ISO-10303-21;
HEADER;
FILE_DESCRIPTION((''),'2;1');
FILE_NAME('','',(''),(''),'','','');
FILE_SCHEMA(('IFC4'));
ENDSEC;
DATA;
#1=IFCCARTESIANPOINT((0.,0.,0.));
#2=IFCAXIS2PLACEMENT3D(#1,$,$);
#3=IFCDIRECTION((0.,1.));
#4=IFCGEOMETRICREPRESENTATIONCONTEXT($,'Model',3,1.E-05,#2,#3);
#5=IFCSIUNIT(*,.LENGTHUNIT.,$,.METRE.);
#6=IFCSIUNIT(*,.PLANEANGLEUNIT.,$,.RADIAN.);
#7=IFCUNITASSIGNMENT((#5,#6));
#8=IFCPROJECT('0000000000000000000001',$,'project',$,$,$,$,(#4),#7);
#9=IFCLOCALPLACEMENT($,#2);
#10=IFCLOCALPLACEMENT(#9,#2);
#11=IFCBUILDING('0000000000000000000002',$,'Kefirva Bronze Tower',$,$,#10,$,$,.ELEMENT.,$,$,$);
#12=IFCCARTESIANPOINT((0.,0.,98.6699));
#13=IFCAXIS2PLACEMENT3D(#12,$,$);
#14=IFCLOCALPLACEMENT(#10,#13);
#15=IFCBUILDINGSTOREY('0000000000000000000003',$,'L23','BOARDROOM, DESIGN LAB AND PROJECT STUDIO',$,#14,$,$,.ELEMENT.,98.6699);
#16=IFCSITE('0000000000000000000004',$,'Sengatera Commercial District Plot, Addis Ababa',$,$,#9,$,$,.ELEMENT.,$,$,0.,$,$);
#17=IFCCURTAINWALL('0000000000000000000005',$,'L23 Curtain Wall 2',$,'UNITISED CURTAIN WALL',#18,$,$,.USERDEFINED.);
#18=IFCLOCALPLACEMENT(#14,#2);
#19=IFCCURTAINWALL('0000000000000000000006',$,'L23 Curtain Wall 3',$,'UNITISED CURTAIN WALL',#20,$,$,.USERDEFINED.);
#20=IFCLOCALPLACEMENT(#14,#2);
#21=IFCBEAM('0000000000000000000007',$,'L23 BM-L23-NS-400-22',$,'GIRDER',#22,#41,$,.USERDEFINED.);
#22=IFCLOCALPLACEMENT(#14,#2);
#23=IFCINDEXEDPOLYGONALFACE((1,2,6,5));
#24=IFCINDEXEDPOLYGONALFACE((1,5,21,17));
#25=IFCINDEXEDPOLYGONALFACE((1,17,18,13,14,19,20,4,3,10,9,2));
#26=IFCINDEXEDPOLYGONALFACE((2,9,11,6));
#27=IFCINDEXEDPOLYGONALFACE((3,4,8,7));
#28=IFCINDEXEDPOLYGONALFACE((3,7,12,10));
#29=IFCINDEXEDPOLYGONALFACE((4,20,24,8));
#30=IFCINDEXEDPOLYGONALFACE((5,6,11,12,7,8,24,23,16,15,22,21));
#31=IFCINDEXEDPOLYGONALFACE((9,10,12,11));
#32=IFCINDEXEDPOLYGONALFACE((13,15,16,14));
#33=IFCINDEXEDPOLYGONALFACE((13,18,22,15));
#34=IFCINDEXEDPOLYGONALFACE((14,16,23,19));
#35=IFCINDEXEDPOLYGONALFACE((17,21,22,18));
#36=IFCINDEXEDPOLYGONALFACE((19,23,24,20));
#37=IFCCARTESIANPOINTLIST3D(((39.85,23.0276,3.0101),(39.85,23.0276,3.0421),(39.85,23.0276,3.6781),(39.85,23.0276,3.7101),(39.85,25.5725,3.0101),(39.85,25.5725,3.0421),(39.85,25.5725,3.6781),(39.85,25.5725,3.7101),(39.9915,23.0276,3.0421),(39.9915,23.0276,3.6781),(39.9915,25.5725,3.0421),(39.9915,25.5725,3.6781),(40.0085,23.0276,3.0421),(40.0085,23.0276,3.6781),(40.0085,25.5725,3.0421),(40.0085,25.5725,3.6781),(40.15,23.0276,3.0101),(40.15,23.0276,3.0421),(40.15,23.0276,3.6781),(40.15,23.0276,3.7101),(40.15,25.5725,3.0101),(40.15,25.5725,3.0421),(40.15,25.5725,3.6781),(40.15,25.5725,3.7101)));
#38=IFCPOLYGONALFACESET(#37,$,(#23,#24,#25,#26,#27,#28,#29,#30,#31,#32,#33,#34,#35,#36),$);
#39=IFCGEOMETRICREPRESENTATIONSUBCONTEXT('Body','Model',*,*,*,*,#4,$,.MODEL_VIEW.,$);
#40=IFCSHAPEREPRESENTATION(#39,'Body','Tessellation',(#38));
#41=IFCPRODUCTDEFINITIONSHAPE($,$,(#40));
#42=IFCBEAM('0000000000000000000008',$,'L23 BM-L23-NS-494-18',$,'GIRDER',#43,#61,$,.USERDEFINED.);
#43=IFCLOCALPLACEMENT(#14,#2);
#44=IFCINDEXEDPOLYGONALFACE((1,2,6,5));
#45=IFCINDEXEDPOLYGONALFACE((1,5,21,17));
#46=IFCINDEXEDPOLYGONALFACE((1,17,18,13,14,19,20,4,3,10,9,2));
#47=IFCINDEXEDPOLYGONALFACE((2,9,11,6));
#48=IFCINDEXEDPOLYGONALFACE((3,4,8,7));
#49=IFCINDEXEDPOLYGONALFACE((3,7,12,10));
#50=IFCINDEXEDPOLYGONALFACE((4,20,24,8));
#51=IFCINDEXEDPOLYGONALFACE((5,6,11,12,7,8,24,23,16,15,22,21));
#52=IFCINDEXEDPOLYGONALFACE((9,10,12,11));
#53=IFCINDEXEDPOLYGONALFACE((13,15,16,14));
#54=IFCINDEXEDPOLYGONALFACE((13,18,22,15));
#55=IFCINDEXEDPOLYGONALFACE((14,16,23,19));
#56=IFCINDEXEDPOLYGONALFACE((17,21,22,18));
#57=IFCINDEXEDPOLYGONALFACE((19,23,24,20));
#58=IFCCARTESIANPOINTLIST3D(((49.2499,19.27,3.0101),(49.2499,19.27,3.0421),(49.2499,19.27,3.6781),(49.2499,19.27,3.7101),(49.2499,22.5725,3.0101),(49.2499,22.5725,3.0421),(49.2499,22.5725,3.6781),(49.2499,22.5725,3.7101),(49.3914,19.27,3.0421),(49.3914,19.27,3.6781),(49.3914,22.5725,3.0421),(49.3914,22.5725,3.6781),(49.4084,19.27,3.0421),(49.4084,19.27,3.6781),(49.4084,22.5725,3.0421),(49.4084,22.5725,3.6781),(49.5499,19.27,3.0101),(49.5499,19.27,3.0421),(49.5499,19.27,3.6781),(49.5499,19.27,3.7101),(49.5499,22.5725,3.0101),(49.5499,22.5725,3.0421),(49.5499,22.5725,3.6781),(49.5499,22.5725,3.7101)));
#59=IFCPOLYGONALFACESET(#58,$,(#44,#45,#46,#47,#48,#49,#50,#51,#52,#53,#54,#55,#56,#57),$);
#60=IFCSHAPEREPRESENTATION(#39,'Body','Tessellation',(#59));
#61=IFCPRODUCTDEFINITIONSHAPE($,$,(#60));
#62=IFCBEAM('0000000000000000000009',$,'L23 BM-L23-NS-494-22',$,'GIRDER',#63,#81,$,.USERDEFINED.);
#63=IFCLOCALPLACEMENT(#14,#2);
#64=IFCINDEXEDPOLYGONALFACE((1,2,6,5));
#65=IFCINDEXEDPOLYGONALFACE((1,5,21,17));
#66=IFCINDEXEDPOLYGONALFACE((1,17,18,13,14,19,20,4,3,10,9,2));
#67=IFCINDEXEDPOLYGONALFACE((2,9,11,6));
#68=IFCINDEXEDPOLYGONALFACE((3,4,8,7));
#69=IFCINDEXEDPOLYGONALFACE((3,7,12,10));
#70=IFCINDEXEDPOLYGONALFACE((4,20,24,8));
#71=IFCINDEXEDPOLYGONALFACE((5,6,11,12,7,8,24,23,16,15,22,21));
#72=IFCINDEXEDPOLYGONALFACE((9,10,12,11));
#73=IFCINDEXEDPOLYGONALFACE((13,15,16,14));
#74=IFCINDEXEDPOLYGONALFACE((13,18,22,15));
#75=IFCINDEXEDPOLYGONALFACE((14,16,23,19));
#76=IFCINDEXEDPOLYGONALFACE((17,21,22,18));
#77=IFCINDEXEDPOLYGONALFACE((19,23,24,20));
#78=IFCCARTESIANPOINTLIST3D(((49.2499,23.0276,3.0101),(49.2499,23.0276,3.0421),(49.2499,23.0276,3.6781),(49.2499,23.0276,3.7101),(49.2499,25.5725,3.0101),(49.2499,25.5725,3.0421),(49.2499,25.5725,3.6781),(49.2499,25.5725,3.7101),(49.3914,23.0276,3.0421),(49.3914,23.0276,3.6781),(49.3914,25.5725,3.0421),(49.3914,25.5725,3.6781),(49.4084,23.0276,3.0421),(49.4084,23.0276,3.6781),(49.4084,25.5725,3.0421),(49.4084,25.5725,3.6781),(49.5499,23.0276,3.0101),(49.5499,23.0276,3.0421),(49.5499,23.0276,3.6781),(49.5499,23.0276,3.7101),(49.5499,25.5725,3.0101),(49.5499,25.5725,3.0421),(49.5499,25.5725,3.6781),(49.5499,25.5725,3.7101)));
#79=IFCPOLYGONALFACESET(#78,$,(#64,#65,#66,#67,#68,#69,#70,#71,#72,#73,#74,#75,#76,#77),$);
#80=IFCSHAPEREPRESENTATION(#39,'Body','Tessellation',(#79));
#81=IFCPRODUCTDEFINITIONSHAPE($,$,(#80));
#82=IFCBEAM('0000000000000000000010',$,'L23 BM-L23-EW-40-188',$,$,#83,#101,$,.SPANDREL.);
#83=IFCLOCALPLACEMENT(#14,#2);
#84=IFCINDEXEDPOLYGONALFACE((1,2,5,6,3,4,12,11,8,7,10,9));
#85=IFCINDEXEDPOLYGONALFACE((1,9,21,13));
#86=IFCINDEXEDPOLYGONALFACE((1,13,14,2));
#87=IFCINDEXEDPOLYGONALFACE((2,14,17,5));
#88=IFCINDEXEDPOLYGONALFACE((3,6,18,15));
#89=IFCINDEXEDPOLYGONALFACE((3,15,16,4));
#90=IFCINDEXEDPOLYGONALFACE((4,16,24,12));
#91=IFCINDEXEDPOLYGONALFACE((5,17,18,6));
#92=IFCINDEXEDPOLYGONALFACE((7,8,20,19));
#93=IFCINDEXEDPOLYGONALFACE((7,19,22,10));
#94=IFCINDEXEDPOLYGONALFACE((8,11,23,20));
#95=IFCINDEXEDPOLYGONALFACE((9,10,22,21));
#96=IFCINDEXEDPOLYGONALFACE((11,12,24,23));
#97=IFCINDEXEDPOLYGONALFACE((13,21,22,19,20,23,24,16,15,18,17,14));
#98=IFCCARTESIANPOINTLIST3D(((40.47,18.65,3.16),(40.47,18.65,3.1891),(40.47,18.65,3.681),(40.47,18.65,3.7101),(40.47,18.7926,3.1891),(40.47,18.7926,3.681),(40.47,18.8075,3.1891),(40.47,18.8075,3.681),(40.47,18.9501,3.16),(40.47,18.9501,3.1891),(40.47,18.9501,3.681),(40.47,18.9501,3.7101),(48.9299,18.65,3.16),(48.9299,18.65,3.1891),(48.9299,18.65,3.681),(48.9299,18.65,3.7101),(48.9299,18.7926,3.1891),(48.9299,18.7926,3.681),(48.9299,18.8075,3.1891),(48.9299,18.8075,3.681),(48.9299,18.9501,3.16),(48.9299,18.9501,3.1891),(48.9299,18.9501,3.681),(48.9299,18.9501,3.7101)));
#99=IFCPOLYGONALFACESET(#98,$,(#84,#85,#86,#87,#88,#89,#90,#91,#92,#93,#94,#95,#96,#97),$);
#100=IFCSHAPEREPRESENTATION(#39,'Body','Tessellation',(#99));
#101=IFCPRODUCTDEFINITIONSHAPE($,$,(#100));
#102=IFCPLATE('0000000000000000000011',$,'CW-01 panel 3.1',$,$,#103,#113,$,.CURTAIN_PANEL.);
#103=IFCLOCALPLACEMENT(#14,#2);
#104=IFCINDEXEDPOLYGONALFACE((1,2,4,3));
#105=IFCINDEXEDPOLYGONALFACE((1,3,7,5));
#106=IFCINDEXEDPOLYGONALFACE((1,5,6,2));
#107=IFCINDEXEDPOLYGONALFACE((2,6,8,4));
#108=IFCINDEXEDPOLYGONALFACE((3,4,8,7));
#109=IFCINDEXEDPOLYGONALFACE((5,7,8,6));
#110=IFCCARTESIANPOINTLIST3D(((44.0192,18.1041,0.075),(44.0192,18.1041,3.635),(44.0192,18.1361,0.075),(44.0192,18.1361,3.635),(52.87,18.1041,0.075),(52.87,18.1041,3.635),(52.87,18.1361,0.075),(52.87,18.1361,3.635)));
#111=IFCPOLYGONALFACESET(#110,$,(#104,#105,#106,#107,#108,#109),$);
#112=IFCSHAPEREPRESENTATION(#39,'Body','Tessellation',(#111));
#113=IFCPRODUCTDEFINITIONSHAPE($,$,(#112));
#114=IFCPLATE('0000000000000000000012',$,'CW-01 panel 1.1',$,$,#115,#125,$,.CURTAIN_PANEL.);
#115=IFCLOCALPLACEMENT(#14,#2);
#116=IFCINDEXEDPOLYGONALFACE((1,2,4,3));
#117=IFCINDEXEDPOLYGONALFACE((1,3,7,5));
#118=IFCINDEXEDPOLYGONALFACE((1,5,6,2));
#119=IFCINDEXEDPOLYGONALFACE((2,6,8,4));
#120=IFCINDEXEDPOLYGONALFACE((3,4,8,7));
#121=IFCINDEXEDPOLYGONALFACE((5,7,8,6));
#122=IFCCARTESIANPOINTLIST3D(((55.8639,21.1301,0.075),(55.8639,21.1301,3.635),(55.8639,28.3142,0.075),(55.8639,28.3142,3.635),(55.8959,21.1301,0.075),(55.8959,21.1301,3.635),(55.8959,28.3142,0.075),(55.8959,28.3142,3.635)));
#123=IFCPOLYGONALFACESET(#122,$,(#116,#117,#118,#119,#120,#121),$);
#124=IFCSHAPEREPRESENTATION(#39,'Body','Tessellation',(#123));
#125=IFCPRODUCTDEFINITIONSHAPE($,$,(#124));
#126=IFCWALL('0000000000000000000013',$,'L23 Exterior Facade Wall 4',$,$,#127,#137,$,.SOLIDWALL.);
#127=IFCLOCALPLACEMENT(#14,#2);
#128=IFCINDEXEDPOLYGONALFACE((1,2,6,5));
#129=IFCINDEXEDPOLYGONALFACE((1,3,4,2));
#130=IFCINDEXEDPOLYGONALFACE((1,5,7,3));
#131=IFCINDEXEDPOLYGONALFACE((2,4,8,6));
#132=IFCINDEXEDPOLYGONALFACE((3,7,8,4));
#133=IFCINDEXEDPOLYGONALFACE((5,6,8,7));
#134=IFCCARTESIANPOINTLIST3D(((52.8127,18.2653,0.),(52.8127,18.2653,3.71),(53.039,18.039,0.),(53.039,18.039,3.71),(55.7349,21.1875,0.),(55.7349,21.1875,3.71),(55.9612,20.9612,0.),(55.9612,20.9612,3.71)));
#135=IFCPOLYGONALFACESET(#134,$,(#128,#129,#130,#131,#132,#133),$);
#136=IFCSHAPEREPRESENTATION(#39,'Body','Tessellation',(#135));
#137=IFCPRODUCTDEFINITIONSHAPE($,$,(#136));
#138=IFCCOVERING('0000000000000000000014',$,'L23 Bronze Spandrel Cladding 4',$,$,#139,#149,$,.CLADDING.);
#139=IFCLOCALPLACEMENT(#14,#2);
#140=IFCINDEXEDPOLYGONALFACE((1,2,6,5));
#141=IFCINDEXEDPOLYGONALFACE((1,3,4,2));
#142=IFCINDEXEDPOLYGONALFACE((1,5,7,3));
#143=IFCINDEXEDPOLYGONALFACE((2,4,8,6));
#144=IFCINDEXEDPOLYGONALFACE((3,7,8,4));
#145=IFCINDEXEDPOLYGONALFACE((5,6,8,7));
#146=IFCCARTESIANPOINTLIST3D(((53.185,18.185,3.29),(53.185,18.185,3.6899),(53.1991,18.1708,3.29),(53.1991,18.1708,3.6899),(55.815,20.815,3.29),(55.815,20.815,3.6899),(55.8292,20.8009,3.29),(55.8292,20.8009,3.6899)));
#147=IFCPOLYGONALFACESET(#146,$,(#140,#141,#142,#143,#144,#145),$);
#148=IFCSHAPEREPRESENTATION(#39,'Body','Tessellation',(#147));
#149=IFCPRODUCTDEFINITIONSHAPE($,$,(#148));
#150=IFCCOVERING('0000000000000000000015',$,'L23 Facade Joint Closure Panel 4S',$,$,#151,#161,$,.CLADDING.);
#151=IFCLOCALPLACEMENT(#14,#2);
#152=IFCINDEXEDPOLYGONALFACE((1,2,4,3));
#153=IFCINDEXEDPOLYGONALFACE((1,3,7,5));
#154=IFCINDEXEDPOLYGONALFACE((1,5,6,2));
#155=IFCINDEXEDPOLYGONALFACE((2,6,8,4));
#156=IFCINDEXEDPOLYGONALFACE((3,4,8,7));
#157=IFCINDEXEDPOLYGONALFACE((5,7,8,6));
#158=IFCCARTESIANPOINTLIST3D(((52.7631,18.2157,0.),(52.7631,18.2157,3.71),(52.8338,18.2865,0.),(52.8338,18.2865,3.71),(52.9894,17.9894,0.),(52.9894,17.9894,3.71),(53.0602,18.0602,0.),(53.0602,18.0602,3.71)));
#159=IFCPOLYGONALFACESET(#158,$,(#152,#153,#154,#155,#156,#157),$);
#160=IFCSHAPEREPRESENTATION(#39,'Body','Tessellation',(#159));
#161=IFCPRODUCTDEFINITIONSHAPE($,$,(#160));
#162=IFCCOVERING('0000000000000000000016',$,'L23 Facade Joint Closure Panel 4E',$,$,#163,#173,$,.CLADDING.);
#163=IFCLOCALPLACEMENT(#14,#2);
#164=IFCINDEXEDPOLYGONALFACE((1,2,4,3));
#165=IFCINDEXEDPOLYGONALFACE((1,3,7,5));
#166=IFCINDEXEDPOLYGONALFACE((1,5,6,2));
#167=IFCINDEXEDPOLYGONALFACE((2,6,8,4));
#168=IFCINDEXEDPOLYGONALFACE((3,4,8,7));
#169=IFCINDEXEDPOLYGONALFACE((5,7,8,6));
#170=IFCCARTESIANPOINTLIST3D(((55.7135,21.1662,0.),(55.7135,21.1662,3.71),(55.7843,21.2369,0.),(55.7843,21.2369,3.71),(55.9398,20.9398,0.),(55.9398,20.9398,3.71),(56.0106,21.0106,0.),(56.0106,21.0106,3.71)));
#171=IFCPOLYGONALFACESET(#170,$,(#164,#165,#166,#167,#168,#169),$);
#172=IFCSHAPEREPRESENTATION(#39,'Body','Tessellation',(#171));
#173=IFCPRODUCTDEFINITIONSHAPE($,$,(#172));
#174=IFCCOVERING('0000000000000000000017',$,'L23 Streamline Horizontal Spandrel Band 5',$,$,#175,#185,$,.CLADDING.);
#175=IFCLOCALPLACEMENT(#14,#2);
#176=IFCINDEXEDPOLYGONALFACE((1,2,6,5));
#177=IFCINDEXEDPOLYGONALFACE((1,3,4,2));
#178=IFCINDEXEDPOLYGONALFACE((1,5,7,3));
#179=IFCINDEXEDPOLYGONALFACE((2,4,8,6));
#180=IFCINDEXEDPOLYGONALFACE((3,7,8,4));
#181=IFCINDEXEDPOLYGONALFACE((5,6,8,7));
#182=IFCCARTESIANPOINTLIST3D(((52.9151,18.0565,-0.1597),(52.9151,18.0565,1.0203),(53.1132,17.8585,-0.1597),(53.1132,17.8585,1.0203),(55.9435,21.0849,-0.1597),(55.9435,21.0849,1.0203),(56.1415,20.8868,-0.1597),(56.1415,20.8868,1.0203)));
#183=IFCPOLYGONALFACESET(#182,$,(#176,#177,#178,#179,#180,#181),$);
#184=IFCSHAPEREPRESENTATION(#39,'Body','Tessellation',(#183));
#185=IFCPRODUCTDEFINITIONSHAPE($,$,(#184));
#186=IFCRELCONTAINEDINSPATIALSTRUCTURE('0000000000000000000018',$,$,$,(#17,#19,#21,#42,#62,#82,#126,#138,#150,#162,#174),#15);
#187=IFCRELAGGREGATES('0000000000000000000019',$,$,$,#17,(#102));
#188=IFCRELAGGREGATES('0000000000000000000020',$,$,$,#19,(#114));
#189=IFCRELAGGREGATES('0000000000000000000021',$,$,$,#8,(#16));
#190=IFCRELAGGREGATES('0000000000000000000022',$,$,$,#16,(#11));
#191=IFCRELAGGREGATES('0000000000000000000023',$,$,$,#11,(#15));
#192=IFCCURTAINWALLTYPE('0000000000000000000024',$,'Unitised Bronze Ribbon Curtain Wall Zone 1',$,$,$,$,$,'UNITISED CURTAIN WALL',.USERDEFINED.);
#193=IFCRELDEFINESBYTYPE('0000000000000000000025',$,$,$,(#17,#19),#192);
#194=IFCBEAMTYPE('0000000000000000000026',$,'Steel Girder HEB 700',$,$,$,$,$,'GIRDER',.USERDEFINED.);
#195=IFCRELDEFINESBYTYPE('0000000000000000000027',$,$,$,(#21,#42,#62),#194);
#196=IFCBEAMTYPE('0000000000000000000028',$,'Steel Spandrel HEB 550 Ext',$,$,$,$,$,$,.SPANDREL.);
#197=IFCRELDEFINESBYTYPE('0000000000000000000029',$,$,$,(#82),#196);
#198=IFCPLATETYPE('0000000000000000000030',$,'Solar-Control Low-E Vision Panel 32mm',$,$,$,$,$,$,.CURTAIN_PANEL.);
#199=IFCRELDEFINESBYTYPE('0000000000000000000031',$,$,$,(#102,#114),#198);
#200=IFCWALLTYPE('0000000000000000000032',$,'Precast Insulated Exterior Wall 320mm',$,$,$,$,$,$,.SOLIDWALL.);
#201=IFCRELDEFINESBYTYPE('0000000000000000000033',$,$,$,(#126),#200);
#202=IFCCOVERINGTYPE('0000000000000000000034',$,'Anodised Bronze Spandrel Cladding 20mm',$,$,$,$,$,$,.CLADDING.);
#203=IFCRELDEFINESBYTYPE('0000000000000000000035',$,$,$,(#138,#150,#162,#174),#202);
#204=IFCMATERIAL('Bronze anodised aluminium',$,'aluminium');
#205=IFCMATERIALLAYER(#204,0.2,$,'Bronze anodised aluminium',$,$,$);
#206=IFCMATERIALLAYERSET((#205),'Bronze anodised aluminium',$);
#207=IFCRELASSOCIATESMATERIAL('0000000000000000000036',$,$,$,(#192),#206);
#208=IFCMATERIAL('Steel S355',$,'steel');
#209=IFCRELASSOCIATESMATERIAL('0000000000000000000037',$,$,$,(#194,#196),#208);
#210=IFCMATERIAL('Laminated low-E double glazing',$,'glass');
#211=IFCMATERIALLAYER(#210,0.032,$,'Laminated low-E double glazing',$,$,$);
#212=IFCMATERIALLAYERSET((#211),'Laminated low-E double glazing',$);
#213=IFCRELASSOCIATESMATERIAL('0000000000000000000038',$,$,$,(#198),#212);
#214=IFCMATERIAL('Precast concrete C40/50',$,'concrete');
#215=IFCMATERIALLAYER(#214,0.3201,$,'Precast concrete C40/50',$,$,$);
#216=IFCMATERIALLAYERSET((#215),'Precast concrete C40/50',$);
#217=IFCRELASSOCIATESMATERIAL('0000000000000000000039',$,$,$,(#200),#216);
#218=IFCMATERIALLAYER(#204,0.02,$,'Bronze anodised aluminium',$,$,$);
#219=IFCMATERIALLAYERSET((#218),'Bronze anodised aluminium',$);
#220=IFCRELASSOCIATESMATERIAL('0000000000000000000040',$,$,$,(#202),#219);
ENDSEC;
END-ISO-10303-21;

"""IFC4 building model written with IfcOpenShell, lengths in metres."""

from ifc_helpers import new_model, si_unit, direction, frame, frame_2d, origin, origin_2d, place, context, subcontext, project, spatial, rectangle, i_section, extrude, material, layer, layer_set, material_profile, profile_set, type_object, element, aggregate, save


model = new_model("IFC4")

# Units and contexts
model_context = context("Model", 3, precision=1e-05, world=origin(), true_north=direction((0.0, 1.0)))
body_context = subcontext(model_context, "Body", "Model", "MODEL_VIEW")
ifc_project = project(units=[si_unit("LENGTHUNIT", "METRE"), si_unit("PLANEANGLEUNIT", "RADIAN")], contexts=[model_context])

# Site, building, storey
site_placement = place(None, origin())
site = spatial("IfcSite", under=ifc_project, at=site_placement, Name="Sengatera Commercial District Plot, Addis Ababa", CompositionType="ELEMENT", RefElevation=0.0)
building_placement = place(site_placement, origin())
building = spatial("IfcBuilding", under=site, at=building_placement, Name="Kefirva Bronze Tower", CompositionType="ELEMENT")
storey_placement = place(building_placement, frame((0.0, 0.0, 98.6699)))
storey = spatial("IfcBuildingStorey", under=building, at=storey_placement, Name="L23", Description="BOARDROOM, DESIGN LAB AND PROJECT STUDIO", CompositionType="ELEMENT", Elevation=98.6699)

# Curtain wall
ifc_material_1 = material(Name="Bronze anodised aluminium", Category="aluminium")
ifc_layer_1 = layer(ifc_material_1, 0.2, Name="Bronze anodised aluminium")
ifc_layer_set_1 = layer_set([ifc_layer_1], Name="Bronze anodised aluminium")
curtain_wall_type = type_object("IfcCurtainWallType", Name="Unitised Bronze Ribbon Curtain Wall Zone 1", ElementType="UNITISED CURTAIN WALL", PredefinedType="USERDEFINED", material=ifc_layer_set_1)
curtain_wall_1_placement = place(storey_placement, origin())
curtain_wall_1 = element("IfcCurtainWall", 1, at=curtain_wall_1_placement, inside=storey, type_object=curtain_wall_type, Name="L23 Curtain Wall 2", ObjectType="UNITISED CURTAIN WALL", PredefinedType="USERDEFINED")

# Curtain wall
curtain_wall_2_placement = place(storey_placement, origin())
curtain_wall_2 = element("IfcCurtainWall", 2, at=curtain_wall_2_placement, inside=storey, type_object=curtain_wall_type, Name="L23 Curtain Wall 3", ObjectType="UNITISED CURTAIN WALL", PredefinedType="USERDEFINED")

# Beams
ifc_material_2 = material(Name="Steel S355", Category="steel")
ifc_material_profile_1 = material_profile(ifc_material_2, i_section(OverallWidth=0.3, OverallDepth=0.7, WebThickness=0.0171, FlangeThickness=0.032, at=origin_2d()), Name="HEB 700")
ifc_profile_set_1 = profile_set([ifc_material_profile_1], Name="Steel S355")
beam_type_1 = type_object("IfcBeamType", Name="Steel Girder HEB 700", ElementType="GIRDER", PredefinedType="USERDEFINED", material=ifc_profile_set_1)
beam_1_placement = place(storey_placement, frame((40.0, 23.0276, 3.3601), z_axis=(0.0, 1.0, 0.0), x_axis=(-1.0, 0.0, 0.0)))
element("IfcBeam", 3, at=beam_1_placement, inside=storey, type_object=beam_type_1, Name="L23 BM-L23-NS-400-22", ObjectType="GIRDER", PredefinedType="USERDEFINED", context=body_context, shape_type="SweptSolid", body=[
    extrude(i_section(OverallWidth=0.3, OverallDepth=0.7, WebThickness=0.0171, FlangeThickness=0.032, at=origin_2d()), origin(), (0.0, 0.0, 1.0), 2.5449),
])
beam_2_placement = place(storey_placement, frame((49.3999, 19.27, 3.3601), z_axis=(0.0, 1.0, 0.0), x_axis=(-1.0, 0.0, 0.0)))
element("IfcBeam", 4, at=beam_2_placement, inside=storey, type_object=beam_type_1, Name="L23 BM-L23-NS-494-18", ObjectType="GIRDER", PredefinedType="USERDEFINED", context=body_context, shape_type="SweptSolid", body=[
    extrude(i_section(OverallWidth=0.3, OverallDepth=0.7, WebThickness=0.0171, FlangeThickness=0.032, at=origin_2d()), origin(), (0.0, 0.0, 1.0), 3.3025),
])
beam_3_placement = place(storey_placement, frame((49.3999, 23.0276, 3.3601), z_axis=(0.0, 1.0, 0.0), x_axis=(-1.0, 0.0, 0.0)))
element("IfcBeam", 5, at=beam_3_placement, inside=storey, type_object=beam_type_1, Name="L23 BM-L23-NS-494-22", ObjectType="GIRDER", PredefinedType="USERDEFINED", context=body_context, shape_type="SweptSolid", body=[
    extrude(i_section(OverallWidth=0.3, OverallDepth=0.7, WebThickness=0.0171, FlangeThickness=0.032, at=origin_2d()), origin(), (0.0, 0.0, 1.0), 2.5449),
])
ifc_material_profile_2 = material_profile(ifc_material_2, i_section(OverallWidth=0.3, OverallDepth=0.55, WebThickness=0.0149, FlangeThickness=0.0291, at=origin_2d()), Name="HEB 550")
ifc_profile_set_2 = profile_set([ifc_material_profile_2], Name="Steel S355")
beam_type_2 = type_object("IfcBeamType", Name="Steel Spandrel HEB 550 Ext", PredefinedType="SPANDREL", material=ifc_profile_set_2)
beam_4_placement = place(storey_placement, frame((40.47, 18.8, 3.4351), z_axis=(1.0, 0.0, 0.0), x_axis=(0.0, 1.0, 0.0)))
element("IfcBeam", 6, at=beam_4_placement, inside=storey, type_object=beam_type_2, Name="L23 BM-L23-EW-40-188", PredefinedType="SPANDREL", context=body_context, shape_type="SweptSolid", body=[
    extrude(i_section(OverallWidth=0.3, OverallDepth=0.55, WebThickness=0.0149, FlangeThickness=0.0291, at=origin_2d()), origin(), (0.0, 0.0, 1.0), 8.46),
])

# Plates
ifc_material_3 = material(Name="Laminated low-E double glazing", Category="glass")
ifc_layer_2 = layer(ifc_material_3, 0.032, Name="Laminated low-E double glazing")
ifc_layer_set_2 = layer_set([ifc_layer_2], Name="Laminated low-E double glazing")
plate_type = type_object("IfcPlateType", Name="Solar-Control Low-E Vision Panel 32mm", PredefinedType="CURTAIN_PANEL", material=ifc_layer_set_2)
plate_1_placement = place(storey_placement, frame((48.4446, 18.1201, 0.075), z_axis=(0.0, 0.0, 1.0), x_axis=(1.0, 0.0, 0.0)))
plate_1 = element("IfcPlate", 7, at=plate_1_placement, type_object=plate_type, Name="CW-01 panel 3.1", PredefinedType="CURTAIN_PANEL", context=body_context, shape_type="SweptSolid", body=[
    extrude(rectangle(XDim=8.8508, YDim=0.032, at=origin_2d()), origin(), (0.0, 0.0, 1.0), 3.5601),
])
aggregate(curtain_wall_1, [plate_1])
plate_2_placement = place(storey_placement, frame((55.8799, 24.7222, 0.075), z_axis=(0.0, 0.0, 1.0), x_axis=(0.0, 1.0, 0.0)))
plate_2 = element("IfcPlate", 8, at=plate_2_placement, type_object=plate_type, Name="CW-01 panel 1.1", PredefinedType="CURTAIN_PANEL", context=body_context, shape_type="SweptSolid", body=[
    extrude(rectangle(XDim=7.1841, YDim=0.032, at=origin_2d()), origin(), (0.0, 0.0, 1.0), 3.5601),
])
aggregate(curtain_wall_2, [plate_2])

# Wall
ifc_material_4 = material(Name="Precast concrete C40/50", Category="concrete")
ifc_layer_3 = layer(ifc_material_4, 0.3201, Name="Precast concrete C40/50")
ifc_layer_set_3 = layer_set([ifc_layer_3], Name="Precast concrete C40/50")
wall_type = type_object("IfcWallType", Name="Precast Insulated Exterior Wall 320mm", PredefinedType="SOLIDWALL", material=ifc_layer_set_3)
wall_placement = place(storey_placement, frame((52.9258, 18.1521, 0.0), z_axis=(0.0, 0.0, 1.0), x_axis=(0.707107, 0.707107, 0.0)))
element("IfcWall", 9, at=wall_placement, inside=storey, type_object=wall_type, Name="L23 Exterior Facade Wall 4", PredefinedType="SOLIDWALL", context=body_context, shape_type="SweptSolid", body=[
    extrude(rectangle(XDim=4.1326, YDim=0.3201, at=frame_2d((2.0664, 0.0))), origin(), (0.0, 0.0, 1.0), 3.71),
])

# Coverings
ifc_layer_4 = layer(ifc_material_1, 0.02, Name="Bronze anodised aluminium")
ifc_layer_set_4 = layer_set([ifc_layer_4], Name="Bronze anodised aluminium")
covering_type_1 = type_object("IfcCoveringType", Name="Anodised Bronze Spandrel Cladding 20mm", PredefinedType="CLADDING", material=ifc_layer_set_4)
covering_1_placement = place(storey_placement, frame((54.5071, 19.4929, 3.29), z_axis=(0.0, 0.0, 1.0), x_axis=(0.707107, 0.707107, 0.0)))
element("IfcCovering", 10, at=covering_1_placement, inside=storey, type_object=covering_type_1, Name="L23 Bronze Spandrel Cladding 4", PredefinedType="CLADDING", context=body_context, shape_type="SweptSolid", body=[
    extrude(rectangle(XDim=3.7195, YDim=0.02, at=origin_2d()), origin(), (0.0, 0.0, 1.0), 0.3999),
])
for number, where, z_axis, x_axis, name in (
    (11, (52.9116, 18.1379, 0.0), (0.0, 0.0, 1.0), (0.707107, 0.707107, 0.0), "L23 Facade Joint Closure Panel 4S"),
    (12, (55.8621, 21.0884, 0.0), (0.0, 0.0, 1.0), (0.707107, 0.707107, 0.0), "L23 Facade Joint Closure Panel 4E"),
):
    element("IfcCovering", number, at=place(storey_placement, frame(where, z_axis=z_axis, x_axis=x_axis)), inside=storey, type_object=covering_type_1, Name=name, PredefinedType="CLADDING", context=body_context, shape_type="SweptSolid", body=[
        extrude(rectangle(XDim=0.1001, YDim=0.3201, at=origin_2d()), origin(), (0.0, 0.0, 1.0), 3.71),
    ])
covering_2_placement = place(storey_placement, frame((54.5283, 19.4717, -0.1597), z_axis=(0.0, 0.0, 1.0), x_axis=(0.707107, 0.707107, 0.0)))
element("IfcCovering", 13, at=covering_2_placement, inside=storey, type_object=covering_type_1, Name="L23 Streamline Horizontal Spandrel Band 5", PredefinedType="CLADDING", context=body_context, shape_type="SweptSolid", body=[
    extrude(rectangle(XDim=4.2827, YDim=0.28, at=origin_2d()), origin(), (0.0, 0.0, 1.0), 1.1799),
])

save(model, "model.ifc")
